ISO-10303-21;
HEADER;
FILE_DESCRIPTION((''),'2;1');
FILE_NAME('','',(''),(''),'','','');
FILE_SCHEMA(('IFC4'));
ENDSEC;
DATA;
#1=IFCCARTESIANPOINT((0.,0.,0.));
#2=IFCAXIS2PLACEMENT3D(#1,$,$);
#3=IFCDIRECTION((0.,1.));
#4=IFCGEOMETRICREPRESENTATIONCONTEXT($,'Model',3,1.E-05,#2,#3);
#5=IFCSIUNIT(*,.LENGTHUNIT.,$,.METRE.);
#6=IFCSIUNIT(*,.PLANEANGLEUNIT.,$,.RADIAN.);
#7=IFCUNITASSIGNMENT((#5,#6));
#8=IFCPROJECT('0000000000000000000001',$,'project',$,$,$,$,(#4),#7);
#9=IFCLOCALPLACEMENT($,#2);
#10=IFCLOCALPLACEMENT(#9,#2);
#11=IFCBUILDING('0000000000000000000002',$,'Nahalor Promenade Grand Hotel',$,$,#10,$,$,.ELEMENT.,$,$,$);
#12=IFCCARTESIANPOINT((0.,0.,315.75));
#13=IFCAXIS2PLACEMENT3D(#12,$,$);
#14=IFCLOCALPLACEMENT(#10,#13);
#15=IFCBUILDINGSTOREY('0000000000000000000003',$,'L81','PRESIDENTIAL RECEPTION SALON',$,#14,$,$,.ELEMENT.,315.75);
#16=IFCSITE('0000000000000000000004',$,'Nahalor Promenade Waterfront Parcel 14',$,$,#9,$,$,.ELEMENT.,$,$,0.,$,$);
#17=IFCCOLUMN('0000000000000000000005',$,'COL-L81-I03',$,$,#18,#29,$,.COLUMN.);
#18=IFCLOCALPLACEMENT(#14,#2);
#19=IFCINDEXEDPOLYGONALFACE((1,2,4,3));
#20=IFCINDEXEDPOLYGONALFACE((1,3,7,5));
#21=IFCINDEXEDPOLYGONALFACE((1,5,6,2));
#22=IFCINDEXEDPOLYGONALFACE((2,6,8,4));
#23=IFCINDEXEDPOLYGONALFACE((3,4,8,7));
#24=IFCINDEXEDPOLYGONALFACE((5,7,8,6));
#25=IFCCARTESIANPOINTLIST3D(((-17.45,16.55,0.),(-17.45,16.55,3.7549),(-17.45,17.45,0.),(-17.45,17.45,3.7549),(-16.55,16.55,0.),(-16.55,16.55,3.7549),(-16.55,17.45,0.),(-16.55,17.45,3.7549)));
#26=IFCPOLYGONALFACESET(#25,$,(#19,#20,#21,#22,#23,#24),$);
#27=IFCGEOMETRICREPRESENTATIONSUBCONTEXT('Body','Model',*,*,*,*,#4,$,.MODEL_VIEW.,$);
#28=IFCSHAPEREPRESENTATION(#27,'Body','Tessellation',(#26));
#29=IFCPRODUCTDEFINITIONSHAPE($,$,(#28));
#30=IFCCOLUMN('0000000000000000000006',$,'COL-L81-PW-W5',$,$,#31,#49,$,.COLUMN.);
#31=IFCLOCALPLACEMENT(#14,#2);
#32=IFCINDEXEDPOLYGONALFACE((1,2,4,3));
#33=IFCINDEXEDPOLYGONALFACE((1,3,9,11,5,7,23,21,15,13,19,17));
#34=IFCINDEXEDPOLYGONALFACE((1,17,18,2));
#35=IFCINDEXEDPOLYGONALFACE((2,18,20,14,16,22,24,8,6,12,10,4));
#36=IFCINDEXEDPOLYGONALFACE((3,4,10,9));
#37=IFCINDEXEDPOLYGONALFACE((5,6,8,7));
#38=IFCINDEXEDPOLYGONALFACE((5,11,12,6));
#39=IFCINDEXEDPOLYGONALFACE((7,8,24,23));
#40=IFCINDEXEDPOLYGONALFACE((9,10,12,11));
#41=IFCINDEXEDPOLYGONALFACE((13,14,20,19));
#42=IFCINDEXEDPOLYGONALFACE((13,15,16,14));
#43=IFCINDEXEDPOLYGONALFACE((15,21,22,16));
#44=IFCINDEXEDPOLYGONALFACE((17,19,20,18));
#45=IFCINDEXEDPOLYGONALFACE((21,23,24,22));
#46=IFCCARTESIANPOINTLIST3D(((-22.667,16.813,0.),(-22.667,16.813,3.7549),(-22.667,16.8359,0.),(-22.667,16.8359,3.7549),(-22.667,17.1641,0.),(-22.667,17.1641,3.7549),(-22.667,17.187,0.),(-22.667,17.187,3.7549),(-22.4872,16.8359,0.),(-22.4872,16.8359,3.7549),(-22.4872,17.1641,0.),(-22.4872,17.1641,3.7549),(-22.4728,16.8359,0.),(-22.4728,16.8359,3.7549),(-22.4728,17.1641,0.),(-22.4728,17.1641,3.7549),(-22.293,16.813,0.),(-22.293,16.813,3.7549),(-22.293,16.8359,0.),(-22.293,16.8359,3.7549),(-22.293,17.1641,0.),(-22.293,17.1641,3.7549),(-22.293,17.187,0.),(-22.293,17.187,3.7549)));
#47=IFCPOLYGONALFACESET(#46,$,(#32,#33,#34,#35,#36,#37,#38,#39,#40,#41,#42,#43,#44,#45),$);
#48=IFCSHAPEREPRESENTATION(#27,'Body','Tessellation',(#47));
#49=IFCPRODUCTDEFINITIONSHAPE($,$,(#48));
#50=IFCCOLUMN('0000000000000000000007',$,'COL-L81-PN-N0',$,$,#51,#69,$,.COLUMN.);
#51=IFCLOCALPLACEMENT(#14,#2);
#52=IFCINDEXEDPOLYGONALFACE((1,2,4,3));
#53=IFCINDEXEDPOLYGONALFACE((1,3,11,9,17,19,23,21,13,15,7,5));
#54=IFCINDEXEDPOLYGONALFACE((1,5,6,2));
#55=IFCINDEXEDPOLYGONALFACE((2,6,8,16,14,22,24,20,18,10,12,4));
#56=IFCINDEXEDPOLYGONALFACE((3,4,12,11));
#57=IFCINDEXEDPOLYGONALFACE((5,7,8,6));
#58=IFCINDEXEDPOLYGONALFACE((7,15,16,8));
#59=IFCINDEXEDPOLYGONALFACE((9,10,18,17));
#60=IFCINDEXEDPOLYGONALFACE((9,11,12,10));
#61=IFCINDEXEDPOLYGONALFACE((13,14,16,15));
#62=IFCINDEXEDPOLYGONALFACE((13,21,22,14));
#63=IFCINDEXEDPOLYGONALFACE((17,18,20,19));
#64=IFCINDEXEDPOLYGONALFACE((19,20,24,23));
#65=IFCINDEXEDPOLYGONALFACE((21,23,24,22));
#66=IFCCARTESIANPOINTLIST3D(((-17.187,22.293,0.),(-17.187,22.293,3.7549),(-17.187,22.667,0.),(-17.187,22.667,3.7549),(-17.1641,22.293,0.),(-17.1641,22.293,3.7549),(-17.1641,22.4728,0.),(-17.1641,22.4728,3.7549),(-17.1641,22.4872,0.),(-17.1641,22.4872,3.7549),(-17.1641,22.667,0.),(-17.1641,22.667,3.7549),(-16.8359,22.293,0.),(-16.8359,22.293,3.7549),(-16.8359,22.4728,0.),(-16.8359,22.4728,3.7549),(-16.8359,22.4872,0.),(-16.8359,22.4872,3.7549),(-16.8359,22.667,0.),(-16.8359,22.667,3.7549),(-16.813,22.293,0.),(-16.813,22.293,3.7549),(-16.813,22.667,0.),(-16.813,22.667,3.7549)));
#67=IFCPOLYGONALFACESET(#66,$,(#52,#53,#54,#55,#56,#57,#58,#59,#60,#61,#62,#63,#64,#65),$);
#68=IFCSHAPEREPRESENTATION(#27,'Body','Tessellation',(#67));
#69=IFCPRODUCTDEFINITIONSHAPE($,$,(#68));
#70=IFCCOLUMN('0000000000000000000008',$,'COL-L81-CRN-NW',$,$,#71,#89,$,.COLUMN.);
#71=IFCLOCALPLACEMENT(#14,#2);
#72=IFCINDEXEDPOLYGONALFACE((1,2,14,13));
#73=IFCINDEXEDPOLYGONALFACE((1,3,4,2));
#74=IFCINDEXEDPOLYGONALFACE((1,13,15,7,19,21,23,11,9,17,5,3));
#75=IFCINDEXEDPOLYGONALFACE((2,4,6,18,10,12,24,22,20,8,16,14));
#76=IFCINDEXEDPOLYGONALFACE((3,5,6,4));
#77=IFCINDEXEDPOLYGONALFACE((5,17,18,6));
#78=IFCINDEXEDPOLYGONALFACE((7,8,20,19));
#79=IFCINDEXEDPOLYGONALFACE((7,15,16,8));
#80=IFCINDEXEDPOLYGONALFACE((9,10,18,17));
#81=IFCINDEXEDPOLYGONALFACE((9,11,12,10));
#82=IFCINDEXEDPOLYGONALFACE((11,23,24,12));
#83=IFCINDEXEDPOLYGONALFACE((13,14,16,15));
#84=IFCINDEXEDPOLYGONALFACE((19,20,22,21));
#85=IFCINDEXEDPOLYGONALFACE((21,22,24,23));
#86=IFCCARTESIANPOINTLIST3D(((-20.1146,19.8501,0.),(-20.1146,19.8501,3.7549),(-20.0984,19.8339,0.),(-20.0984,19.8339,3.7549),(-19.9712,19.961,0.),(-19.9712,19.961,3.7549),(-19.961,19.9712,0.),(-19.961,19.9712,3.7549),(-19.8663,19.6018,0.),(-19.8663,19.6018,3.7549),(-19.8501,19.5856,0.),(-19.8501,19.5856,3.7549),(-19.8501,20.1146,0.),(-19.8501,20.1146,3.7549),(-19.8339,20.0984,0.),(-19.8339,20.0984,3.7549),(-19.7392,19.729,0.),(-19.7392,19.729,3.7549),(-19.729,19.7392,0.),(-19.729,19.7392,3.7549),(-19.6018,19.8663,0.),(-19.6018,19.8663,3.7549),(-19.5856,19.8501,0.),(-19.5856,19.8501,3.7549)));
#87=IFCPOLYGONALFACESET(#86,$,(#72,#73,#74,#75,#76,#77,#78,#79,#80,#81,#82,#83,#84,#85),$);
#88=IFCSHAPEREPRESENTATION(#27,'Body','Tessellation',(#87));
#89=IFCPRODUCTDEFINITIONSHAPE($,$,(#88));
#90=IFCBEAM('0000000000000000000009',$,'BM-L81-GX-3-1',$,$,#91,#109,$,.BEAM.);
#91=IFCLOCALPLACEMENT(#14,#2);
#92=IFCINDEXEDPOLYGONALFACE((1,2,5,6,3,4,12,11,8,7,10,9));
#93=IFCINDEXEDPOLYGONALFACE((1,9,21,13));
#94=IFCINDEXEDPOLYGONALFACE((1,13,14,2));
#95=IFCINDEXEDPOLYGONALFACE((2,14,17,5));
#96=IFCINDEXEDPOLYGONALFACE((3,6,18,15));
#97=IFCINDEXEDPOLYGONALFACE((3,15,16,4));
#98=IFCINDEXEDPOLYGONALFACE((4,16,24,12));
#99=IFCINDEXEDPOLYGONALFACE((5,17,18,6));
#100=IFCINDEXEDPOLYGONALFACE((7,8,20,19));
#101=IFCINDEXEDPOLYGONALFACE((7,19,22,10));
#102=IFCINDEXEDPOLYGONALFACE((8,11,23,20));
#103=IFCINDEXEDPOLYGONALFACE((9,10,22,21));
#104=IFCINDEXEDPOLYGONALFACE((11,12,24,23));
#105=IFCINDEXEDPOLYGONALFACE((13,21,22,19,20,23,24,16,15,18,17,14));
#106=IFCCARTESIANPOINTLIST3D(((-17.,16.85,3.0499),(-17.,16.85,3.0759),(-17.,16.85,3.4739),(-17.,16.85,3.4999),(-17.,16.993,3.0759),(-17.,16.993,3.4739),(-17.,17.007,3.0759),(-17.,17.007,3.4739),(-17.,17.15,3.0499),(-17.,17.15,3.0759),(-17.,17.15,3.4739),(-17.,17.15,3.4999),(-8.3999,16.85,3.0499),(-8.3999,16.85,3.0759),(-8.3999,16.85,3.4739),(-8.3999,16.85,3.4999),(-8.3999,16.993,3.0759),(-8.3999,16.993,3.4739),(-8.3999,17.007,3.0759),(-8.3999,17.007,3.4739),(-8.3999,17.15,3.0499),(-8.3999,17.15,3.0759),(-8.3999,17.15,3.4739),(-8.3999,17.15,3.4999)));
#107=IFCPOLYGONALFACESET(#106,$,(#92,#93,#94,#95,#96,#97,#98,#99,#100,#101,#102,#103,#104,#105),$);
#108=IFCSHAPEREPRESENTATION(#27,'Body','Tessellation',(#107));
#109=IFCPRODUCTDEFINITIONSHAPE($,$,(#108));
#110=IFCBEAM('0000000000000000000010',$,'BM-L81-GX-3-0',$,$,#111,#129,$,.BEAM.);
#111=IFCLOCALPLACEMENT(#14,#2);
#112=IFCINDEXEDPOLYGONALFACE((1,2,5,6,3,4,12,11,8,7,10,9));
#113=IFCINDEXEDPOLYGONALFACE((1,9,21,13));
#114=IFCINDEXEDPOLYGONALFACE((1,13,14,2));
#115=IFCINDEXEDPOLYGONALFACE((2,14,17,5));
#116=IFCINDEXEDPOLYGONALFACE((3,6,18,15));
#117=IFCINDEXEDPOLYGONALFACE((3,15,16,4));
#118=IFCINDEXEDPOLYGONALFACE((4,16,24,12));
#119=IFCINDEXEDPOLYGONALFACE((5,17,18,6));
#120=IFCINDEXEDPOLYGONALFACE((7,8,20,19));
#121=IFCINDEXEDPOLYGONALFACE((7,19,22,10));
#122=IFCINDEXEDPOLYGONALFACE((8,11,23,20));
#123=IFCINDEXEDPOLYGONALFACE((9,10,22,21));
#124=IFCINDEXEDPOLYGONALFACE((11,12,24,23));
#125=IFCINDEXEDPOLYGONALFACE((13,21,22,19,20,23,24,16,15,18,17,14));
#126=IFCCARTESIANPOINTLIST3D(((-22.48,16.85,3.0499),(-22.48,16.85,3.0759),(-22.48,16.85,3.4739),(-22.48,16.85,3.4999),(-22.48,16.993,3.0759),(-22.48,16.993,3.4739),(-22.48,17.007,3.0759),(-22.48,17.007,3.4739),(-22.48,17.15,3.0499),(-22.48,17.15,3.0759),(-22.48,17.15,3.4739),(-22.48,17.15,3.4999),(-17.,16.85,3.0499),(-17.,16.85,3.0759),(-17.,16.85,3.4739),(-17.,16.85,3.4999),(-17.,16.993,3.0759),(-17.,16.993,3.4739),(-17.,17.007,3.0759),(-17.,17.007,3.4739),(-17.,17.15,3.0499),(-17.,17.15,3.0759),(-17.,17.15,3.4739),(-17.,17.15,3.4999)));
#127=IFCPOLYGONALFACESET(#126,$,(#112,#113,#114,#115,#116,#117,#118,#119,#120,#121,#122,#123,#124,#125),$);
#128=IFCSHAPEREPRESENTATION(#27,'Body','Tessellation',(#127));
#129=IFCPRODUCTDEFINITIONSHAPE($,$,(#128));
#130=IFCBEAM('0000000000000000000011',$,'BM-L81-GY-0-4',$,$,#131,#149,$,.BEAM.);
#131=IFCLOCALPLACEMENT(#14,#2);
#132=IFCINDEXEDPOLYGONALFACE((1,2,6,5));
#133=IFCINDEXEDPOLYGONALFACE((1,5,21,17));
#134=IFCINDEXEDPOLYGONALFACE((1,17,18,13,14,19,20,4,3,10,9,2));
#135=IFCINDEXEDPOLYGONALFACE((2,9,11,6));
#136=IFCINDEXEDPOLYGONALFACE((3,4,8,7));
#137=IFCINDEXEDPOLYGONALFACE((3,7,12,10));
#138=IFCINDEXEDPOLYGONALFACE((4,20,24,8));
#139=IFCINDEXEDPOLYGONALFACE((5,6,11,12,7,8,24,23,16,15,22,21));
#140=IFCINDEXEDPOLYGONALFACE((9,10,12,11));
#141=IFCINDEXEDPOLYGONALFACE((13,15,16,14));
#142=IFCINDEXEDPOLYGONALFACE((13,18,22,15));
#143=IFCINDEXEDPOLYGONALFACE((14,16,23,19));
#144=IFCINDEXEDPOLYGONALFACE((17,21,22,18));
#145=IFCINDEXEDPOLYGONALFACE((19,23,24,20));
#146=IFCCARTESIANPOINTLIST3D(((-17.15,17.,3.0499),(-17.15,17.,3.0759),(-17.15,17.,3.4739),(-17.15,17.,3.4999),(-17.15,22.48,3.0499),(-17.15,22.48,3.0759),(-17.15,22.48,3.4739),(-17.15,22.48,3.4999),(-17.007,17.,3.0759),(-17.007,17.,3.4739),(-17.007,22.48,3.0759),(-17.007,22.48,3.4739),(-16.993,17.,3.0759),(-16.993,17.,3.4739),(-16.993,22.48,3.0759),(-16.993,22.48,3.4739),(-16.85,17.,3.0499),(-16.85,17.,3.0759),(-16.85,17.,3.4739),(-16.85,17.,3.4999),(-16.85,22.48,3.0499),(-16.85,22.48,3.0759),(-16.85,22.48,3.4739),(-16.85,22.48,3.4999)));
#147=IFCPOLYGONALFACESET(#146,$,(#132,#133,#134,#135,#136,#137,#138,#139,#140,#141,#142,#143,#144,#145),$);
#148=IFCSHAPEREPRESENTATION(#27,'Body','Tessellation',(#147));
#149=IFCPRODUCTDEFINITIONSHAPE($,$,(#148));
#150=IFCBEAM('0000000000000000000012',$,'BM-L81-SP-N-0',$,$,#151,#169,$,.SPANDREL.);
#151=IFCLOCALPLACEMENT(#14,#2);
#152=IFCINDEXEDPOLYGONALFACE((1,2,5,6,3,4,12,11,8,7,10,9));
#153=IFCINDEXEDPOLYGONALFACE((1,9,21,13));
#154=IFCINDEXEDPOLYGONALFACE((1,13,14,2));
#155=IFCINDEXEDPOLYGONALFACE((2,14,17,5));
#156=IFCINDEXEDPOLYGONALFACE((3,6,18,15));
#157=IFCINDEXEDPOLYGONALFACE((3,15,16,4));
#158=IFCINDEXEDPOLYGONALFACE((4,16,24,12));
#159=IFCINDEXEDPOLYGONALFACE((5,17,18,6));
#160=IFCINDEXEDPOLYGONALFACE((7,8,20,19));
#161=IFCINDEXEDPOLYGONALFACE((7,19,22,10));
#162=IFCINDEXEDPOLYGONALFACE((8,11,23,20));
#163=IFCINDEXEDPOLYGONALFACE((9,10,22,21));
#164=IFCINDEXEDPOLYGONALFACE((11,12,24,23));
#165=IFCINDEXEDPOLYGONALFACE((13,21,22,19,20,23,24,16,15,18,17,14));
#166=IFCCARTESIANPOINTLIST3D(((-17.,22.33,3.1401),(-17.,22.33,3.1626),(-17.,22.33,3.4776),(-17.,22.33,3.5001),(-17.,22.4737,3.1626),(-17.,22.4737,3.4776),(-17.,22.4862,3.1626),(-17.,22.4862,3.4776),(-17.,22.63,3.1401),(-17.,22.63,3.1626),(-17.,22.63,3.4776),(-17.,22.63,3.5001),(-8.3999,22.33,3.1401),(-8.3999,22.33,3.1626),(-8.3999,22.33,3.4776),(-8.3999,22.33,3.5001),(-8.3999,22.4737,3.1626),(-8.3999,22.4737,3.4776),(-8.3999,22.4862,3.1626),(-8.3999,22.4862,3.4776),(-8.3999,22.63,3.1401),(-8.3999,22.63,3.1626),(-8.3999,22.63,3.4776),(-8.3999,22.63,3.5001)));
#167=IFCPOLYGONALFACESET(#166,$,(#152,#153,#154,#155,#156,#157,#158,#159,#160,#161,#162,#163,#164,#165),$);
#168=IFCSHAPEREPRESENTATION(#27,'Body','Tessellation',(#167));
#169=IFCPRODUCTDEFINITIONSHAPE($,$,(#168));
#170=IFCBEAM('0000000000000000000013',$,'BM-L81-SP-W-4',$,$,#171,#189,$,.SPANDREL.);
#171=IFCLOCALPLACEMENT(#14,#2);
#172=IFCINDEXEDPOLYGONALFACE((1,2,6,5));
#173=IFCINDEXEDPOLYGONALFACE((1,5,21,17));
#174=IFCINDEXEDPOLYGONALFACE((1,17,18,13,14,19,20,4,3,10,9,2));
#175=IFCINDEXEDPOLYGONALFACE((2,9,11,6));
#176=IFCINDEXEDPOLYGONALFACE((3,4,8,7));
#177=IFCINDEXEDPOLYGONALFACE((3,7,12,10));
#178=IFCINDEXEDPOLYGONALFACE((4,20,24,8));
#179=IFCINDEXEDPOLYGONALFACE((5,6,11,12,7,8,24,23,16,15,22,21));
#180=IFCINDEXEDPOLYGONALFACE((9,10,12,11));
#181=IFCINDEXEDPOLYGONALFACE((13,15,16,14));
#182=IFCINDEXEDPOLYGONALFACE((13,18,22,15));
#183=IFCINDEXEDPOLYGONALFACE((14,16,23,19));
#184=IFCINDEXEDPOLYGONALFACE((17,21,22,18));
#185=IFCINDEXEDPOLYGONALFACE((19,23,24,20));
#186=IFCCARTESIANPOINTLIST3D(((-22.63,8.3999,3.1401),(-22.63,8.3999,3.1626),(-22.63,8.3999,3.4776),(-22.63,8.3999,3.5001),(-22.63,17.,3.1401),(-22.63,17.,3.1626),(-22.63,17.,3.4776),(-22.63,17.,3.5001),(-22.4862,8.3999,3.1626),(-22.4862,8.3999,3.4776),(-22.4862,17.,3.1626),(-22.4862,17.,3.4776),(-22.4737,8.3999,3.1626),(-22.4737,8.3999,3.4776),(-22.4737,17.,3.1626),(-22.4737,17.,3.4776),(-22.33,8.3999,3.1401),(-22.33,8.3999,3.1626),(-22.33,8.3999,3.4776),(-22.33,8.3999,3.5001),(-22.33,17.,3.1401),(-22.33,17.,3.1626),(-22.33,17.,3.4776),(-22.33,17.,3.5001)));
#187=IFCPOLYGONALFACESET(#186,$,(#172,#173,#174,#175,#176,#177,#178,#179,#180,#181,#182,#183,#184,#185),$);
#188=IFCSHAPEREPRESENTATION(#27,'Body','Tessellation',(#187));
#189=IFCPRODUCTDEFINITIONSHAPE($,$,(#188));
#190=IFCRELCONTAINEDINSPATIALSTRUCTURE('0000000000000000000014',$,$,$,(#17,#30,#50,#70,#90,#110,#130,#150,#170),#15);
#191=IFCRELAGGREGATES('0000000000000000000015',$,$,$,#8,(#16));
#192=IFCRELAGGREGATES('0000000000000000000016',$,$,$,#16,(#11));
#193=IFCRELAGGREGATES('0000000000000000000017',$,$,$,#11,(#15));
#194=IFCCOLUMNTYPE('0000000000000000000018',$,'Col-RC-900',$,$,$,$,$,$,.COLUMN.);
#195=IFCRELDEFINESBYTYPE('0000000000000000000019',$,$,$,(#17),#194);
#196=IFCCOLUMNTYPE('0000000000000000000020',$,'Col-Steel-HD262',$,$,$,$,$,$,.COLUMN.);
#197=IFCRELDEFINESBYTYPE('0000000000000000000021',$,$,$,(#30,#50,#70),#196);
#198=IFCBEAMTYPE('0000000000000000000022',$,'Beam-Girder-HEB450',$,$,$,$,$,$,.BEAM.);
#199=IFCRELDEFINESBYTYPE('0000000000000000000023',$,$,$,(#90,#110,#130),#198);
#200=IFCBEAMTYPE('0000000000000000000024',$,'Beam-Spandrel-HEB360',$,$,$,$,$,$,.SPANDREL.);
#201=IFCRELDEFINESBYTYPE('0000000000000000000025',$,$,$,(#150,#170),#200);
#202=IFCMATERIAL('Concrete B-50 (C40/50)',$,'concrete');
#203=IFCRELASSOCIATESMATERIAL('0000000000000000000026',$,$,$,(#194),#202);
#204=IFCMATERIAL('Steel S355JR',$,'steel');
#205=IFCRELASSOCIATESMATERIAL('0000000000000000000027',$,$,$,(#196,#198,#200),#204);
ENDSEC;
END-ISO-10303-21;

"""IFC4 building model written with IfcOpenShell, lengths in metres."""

from ifc_helpers import new_model, si_unit, direction, frame, origin, origin_2d, place, context, subcontext, project, spatial, rectangle, i_section, extrude, source, transform, mapped, material, material_profile, profile_set, type_object, element, save


model = new_model("IFC4")

# Units and contexts
model_context = context("Model", 3, precision=1e-05, world=origin(), true_north=direction((0.0, 1.0)))
body_context = subcontext(model_context, "Body", "Model", "MODEL_VIEW")
ifc_project = project(units=[si_unit("LENGTHUNIT", "METRE"), si_unit("PLANEANGLEUNIT", "RADIAN")], contexts=[model_context])

# Site, building, storey
site_placement = place(None, origin())
site = spatial("IfcSite", under=ifc_project, at=site_placement, Name="Nahalor Promenade Waterfront Parcel 14", CompositionType="ELEMENT", RefElevation=0.0)
building_placement = place(site_placement, origin())
building = spatial("IfcBuilding", under=site, at=building_placement, Name="Nahalor Promenade Grand Hotel", CompositionType="ELEMENT")
storey_placement = place(building_placement, frame((0.0, 0.0, 315.75)))
storey = spatial("IfcBuildingStorey", under=building, at=storey_placement, Name="L81", Description="PRESIDENTIAL RECEPTION SALON", CompositionType="ELEMENT", Elevation=315.75)

# Columns
ifc_material_1 = material(Name="Concrete B-50 (C40/50)", Category="concrete")
ifc_material_profile_1 = material_profile(ifc_material_1, rectangle(XDim=0.9, YDim=0.9, at=origin_2d()), Name="RC 900x900")
ifc_profile_set_1 = profile_set([ifc_material_profile_1], Name="Concrete B-50 (C40/50)")
column_type_1 = type_object("IfcColumnType", Name="Col-RC-900", PredefinedType="COLUMN", material=ifc_profile_set_1)
shared_shape_1 = source(origin(), body_context, "Body", "SweptSolid", [
    extrude(rectangle(XDim=0.9, YDim=0.9, at=origin_2d()), origin(), (0.0, 0.0, 1.0), 3.7549),
])
column_placement = place(storey_placement, frame((-17.0, 17.0, 0.0), z_axis=(0.0, 0.0, 1.0), x_axis=(1.0, 0.0, 0.0)))
element("IfcColumn", 1, at=column_placement, inside=storey, type_object=column_type_1, Name="COL-L81-I03", PredefinedType="COLUMN", context=body_context, shape_type="MappedRepresentation", body=[
    mapped(shared_shape_1, transform((0.0, 0.0, 0.0), scale=1.0)),
])
ifc_material_2 = material(Name="Steel S355JR", Category="steel")
ifc_material_profile_2 = material_profile(ifc_material_2, i_section(OverallWidth=0.374, OverallDepth=0.374, WebThickness=0.0144, FlangeThickness=0.0229, at=origin_2d()), Name="HD 360x262")
ifc_profile_set_2 = profile_set([ifc_material_profile_2], Name="Steel S355JR")
column_type_2 = type_object("IfcColumnType", Name="Col-Steel-HD262", PredefinedType="COLUMN", material=ifc_profile_set_2)
shared_shape_2 = source(origin(), body_context, "Body", "SweptSolid", [
    extrude(i_section(OverallWidth=0.374, OverallDepth=0.374, WebThickness=0.0144, FlangeThickness=0.0229, at=origin_2d()), origin(), (0.0, 0.0, 1.0), 3.7549),
])
for number, where, z_axis, x_axis, name in (
    (2, (-22.48, 17.0, 0.0), (0.0, 0.0, 1.0), (1.0, 0.0, 0.0), "COL-L81-PW-W5"),
    (3, (-17.0, 22.48, 0.0), (0.0, 0.0, 1.0), (0.0, 1.0, 0.0), "COL-L81-PN-N0"),
    (4, (-19.8501, 19.8501, 0.0), (0.0, 0.0, 1.0), (0.707107, 0.707107, 0.0), "COL-L81-CRN-NW"),
):
    element("IfcColumn", number, at=place(storey_placement, frame(where, z_axis=z_axis, x_axis=x_axis)), inside=storey, type_object=column_type_2, Name=name, PredefinedType="COLUMN", context=body_context, shape_type="MappedRepresentation", body=[
        mapped(shared_shape_2, transform((0.0, 0.0, 0.0), scale=1.0)),
    ])

# Beams
ifc_material_profile_3 = material_profile(ifc_material_2, i_section(OverallWidth=0.3, OverallDepth=0.45, WebThickness=0.014, FlangeThickness=0.026, at=origin_2d()), Name="HEB 450")
ifc_profile_set_3 = profile_set([ifc_material_profile_3], Name="Steel S355JR")
beam_type_1 = type_object("IfcBeamType", Name="Beam-Girder-HEB450", PredefinedType="BEAM", material=ifc_profile_set_3)
shared_shape_3 = source(origin(), body_context, "Body", "SweptSolid", [
    extrude(i_section(OverallWidth=0.3, OverallDepth=0.45, WebThickness=0.014, FlangeThickness=0.026, at=origin_2d()), origin(), (0.0, 0.0, 1.0), 8.6001),
])
beam_1_placement = place(storey_placement, frame((-17.0, 17.0, 3.2749), z_axis=(1.0, 0.0, 0.0), x_axis=(0.0, 1.0, 0.0)))
element("IfcBeam", 5, at=beam_1_placement, inside=storey, type_object=beam_type_1, Name="BM-L81-GX-3-1", PredefinedType="BEAM", context=body_context, shape_type="MappedRepresentation", body=[
    mapped(shared_shape_3, transform((0.0, 0.0, 0.0), scale=1.0)),
])
shared_shape_4 = source(origin(), body_context, "Body", "SweptSolid", [
    extrude(i_section(OverallWidth=0.3, OverallDepth=0.45, WebThickness=0.014, FlangeThickness=0.026, at=origin_2d()), origin(), (0.0, 0.0, 1.0), 5.48),
])
for number, where, z_axis, x_axis, name in (
    (6, (-22.48, 17.0, 3.2749), (1.0, 0.0, 0.0), (0.0, 1.0, 0.0), "BM-L81-GX-3-0"),
    (7, (-17.0, 17.0, 3.2749), (0.0, 1.0, 0.0), (-1.0, 0.0, 0.0), "BM-L81-GY-0-4"),
):
    element("IfcBeam", number, at=place(storey_placement, frame(where, z_axis=z_axis, x_axis=x_axis)), inside=storey, type_object=beam_type_1, Name=name, PredefinedType="BEAM", context=body_context, shape_type="MappedRepresentation", body=[
        mapped(shared_shape_4, transform((0.0, 0.0, 0.0), scale=1.0)),
    ])
ifc_material_profile_4 = material_profile(ifc_material_2, i_section(OverallWidth=0.3, OverallDepth=0.36, WebThickness=0.0125, FlangeThickness=0.0225, at=origin_2d()), Name="HEB 360")
ifc_profile_set_4 = profile_set([ifc_material_profile_4], Name="Steel S355JR")
beam_type_2 = type_object("IfcBeamType", Name="Beam-Spandrel-HEB360", PredefinedType="SPANDREL", material=ifc_profile_set_4)
shared_shape_5 = source(origin(), body_context, "Body", "SweptSolid", [
    extrude(i_section(OverallWidth=0.3, OverallDepth=0.36, WebThickness=0.0125, FlangeThickness=0.0225, at=origin_2d()), origin(), (0.0, 0.0, 1.0), 8.6001),
])
for number, where, z_axis, x_axis, name in (
    (8, (-17.0, 22.48, 3.3201), (1.0, 0.0, 0.0), (0.0, 1.0, 0.0), "BM-L81-SP-N-0"),
    (9, (-22.48, 8.3999, 3.3201), (0.0, 1.0, 0.0), (-1.0, 0.0, 0.0), "BM-L81-SP-W-4"),
):
    element("IfcBeam", number, at=place(storey_placement, frame(where, z_axis=z_axis, x_axis=x_axis)), inside=storey, type_object=beam_type_2, Name=name, PredefinedType="SPANDREL", context=body_context, shape_type="MappedRepresentation", body=[
        mapped(shared_shape_5, transform((0.0, 0.0, 0.0), scale=1.0)),
    ])

save(model, "model.ifc")
